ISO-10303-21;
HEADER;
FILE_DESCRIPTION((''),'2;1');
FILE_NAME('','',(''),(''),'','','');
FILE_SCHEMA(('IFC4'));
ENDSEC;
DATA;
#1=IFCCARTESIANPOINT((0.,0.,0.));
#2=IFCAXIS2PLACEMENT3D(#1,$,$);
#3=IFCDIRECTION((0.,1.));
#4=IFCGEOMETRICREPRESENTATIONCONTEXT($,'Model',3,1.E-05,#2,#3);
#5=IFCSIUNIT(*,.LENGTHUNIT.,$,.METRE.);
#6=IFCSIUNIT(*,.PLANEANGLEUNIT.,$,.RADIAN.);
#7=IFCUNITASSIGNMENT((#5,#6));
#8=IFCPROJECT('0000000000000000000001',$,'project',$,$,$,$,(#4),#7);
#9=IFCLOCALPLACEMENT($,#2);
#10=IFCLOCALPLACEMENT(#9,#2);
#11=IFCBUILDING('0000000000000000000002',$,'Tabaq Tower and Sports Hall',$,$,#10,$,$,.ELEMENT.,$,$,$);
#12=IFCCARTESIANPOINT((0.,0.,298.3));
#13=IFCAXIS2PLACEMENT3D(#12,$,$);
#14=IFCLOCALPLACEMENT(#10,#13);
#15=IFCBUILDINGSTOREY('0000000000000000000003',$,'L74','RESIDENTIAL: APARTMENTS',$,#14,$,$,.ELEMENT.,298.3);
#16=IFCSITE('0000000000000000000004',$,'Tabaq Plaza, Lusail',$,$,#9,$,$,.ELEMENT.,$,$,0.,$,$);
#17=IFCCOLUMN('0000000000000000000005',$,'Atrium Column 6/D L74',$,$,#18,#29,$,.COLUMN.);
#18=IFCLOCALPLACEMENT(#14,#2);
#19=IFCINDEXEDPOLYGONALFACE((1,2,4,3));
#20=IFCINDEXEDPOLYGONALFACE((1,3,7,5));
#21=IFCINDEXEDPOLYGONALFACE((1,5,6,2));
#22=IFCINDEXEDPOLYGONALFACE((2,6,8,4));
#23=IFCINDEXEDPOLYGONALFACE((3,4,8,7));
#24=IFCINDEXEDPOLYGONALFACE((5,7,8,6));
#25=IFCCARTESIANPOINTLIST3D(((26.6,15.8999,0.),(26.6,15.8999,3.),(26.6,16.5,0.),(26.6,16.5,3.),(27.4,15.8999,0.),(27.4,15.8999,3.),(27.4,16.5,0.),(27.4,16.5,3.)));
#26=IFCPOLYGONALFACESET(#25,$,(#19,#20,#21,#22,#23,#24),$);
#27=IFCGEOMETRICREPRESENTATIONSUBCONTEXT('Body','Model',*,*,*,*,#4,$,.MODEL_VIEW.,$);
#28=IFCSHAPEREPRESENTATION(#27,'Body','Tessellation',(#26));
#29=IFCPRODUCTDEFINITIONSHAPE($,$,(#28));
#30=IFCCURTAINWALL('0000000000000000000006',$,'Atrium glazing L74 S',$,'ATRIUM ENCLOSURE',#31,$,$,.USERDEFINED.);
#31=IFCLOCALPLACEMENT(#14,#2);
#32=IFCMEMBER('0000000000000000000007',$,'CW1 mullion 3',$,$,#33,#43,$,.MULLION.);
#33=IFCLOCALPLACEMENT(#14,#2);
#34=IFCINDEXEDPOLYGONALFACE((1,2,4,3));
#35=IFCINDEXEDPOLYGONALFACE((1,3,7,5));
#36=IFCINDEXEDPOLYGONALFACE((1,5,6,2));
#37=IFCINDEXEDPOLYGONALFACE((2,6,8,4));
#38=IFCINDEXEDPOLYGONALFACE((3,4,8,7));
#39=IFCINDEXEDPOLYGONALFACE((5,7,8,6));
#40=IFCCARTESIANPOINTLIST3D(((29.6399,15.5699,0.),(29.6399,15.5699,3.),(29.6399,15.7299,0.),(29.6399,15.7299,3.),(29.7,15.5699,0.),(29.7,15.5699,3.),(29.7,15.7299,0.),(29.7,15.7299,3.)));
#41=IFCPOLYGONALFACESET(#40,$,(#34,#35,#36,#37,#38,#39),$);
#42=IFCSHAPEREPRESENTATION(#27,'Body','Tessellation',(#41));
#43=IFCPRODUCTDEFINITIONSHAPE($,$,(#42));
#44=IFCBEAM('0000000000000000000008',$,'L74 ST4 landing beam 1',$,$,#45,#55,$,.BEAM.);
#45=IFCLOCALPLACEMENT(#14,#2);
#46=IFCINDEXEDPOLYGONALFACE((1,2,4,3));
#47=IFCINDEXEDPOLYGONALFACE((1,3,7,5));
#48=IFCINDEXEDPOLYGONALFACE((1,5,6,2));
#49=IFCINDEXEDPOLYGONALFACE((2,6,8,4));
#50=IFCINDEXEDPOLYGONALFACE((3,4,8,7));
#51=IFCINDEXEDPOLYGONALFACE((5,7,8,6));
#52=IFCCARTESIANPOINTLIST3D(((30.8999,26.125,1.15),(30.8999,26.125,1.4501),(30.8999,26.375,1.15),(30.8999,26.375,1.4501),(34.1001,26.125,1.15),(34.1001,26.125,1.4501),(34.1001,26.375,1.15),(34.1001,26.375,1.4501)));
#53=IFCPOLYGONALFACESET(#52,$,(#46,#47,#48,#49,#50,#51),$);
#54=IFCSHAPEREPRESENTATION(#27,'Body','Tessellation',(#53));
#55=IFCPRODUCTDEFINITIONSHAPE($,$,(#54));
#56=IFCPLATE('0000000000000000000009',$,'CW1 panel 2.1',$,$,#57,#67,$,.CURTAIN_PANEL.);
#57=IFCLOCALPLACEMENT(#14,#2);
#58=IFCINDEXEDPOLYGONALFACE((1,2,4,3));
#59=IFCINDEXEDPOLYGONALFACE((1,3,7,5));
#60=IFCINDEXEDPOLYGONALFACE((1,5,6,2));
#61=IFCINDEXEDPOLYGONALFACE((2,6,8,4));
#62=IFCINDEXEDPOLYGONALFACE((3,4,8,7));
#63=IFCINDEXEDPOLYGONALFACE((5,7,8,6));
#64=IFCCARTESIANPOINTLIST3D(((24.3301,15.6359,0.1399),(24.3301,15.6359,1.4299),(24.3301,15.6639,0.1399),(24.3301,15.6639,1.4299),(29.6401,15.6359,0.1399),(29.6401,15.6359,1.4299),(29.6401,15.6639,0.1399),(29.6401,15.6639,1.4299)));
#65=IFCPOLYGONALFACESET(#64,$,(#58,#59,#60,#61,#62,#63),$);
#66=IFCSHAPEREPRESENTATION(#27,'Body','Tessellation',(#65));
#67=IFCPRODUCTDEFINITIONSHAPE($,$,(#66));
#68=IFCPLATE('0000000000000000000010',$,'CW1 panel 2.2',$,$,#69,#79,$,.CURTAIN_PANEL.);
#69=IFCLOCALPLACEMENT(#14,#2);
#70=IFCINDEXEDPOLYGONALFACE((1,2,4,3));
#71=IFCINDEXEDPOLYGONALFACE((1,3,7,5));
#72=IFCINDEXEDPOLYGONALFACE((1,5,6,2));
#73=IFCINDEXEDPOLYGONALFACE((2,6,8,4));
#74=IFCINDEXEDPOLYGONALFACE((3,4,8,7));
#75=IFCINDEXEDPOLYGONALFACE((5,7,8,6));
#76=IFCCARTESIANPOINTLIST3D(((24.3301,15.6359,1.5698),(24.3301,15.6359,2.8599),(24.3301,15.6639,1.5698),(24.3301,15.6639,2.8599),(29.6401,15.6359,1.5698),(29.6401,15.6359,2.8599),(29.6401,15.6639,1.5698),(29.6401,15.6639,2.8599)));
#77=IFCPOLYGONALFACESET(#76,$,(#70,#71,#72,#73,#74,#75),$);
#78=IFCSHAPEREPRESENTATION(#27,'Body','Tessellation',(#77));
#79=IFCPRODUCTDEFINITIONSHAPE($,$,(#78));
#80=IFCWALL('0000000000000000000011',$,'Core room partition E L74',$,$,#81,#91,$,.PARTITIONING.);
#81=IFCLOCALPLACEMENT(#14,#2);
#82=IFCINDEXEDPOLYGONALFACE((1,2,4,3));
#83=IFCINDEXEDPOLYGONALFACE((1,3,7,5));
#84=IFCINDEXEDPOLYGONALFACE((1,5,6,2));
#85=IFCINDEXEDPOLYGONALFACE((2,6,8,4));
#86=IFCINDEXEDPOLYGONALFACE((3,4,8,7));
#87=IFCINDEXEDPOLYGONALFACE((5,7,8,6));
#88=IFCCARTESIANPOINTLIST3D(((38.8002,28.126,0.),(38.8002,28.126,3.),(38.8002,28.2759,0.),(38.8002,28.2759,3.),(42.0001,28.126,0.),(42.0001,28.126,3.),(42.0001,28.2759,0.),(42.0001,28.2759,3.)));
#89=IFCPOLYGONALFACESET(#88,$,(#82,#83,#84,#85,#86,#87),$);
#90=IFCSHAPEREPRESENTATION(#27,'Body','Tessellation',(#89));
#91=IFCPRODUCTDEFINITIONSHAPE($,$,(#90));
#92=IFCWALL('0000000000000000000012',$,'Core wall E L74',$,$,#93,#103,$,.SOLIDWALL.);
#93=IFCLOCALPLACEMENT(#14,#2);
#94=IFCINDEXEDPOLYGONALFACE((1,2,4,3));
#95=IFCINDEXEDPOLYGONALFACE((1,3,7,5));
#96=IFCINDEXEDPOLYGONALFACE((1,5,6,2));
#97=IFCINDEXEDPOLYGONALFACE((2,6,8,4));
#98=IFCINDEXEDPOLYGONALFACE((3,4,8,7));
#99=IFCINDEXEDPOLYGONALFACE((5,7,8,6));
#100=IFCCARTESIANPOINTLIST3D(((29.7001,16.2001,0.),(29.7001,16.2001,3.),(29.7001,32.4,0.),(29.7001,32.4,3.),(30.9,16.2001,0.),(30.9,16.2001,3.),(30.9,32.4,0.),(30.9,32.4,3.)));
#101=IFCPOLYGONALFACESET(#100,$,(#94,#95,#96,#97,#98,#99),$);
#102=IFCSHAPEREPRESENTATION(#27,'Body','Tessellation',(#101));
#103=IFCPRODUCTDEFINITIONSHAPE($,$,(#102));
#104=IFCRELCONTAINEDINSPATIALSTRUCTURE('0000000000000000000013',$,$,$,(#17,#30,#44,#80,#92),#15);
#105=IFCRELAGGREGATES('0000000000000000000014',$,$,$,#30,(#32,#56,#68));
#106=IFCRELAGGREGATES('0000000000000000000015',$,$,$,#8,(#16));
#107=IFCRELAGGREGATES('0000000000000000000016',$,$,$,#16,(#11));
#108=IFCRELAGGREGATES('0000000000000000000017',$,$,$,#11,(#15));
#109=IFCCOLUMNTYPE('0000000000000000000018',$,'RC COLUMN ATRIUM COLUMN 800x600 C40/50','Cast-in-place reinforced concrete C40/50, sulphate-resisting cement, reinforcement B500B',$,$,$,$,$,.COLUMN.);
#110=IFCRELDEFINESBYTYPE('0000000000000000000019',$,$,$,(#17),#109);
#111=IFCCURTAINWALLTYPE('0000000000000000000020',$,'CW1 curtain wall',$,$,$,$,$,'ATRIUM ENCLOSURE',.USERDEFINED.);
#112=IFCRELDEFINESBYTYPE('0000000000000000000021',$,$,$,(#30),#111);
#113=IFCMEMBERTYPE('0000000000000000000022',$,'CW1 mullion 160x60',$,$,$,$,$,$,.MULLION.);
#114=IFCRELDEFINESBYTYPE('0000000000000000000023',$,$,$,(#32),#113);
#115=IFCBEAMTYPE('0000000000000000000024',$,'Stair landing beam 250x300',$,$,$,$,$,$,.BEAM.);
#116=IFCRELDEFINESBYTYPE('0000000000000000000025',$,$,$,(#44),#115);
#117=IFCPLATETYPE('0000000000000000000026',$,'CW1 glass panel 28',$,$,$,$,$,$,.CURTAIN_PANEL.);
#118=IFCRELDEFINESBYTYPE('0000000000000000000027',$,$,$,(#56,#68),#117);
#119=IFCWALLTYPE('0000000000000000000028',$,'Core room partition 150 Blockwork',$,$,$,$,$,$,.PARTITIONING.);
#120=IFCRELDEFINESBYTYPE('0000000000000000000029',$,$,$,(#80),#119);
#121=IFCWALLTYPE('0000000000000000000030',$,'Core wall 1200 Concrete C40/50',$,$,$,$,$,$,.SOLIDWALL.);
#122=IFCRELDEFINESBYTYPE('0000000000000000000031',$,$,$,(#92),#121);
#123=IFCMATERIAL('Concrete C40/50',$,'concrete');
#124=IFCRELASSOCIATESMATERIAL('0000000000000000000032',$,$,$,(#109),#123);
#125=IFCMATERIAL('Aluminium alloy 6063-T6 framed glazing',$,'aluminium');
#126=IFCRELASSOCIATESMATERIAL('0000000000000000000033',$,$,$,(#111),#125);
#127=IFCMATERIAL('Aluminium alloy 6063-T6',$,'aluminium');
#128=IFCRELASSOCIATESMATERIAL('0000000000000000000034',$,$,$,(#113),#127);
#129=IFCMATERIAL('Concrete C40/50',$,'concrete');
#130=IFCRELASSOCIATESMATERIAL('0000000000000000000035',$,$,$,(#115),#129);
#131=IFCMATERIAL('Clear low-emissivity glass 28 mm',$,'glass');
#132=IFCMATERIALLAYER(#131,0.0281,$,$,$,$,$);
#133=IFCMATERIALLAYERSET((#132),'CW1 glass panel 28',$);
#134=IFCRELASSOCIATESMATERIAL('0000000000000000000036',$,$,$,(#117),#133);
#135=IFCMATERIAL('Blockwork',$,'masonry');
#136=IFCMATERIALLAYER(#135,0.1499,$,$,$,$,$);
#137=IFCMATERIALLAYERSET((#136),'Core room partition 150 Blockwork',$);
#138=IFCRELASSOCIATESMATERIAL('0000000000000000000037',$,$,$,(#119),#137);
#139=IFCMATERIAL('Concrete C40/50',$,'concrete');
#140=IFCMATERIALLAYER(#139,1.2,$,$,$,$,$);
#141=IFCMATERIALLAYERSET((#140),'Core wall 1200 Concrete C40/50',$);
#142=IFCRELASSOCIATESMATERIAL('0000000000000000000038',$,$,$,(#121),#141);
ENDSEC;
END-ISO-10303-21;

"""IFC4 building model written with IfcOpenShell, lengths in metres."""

from ifc_helpers import new_model, si_unit, direction, frame, frame_2d, origin, origin_2d, place, context, subcontext, project, spatial, rectangle, extrude, material, layer, layer_set, material_profile, profile_set, type_object, element, aggregate, save


model = new_model("IFC4")

# Units and contexts
model_context = context("Model", 3, precision=1e-05, world=origin(), true_north=direction((0.0, 1.0)))
body_context = subcontext(model_context, "Body", "Model", "MODEL_VIEW")
ifc_project = project(units=[si_unit("LENGTHUNIT", "METRE"), si_unit("PLANEANGLEUNIT", "RADIAN")], contexts=[model_context])

# Site, building, storey
site_placement = place(None, origin())
site = spatial("IfcSite", under=ifc_project, at=site_placement, Name="Tabaq Plaza, Lusail", CompositionType="ELEMENT", RefElevation=0.0)
building_placement = place(site_placement, origin())
building = spatial("IfcBuilding", under=site, at=building_placement, Name="Tabaq Tower and Sports Hall", CompositionType="ELEMENT")
storey_placement = place(building_placement, frame((0.0, 0.0, 298.3)))
storey = spatial("IfcBuildingStorey", under=building, at=storey_placement, Name="L74", Description="RESIDENTIAL: APARTMENTS", CompositionType="ELEMENT", Elevation=298.3)

# Column
ifc_material_1 = material(Name="Concrete C40/50", Category="concrete")
ifc_material_profile_1 = material_profile(ifc_material_1, rectangle(XDim=0.8, YDim=0.6001, at=origin_2d()), Name="ATRIUM COLUMN 800x600")
ifc_profile_set_1 = profile_set([ifc_material_profile_1], Name="Concrete C40/50")
column_type = type_object("IfcColumnType", Name="RC COLUMN ATRIUM COLUMN 800x600 C40/50", Description="Cast-in-place reinforced concrete C40/50, sulphate-resisting cement, reinforcement B500B", PredefinedType="COLUMN", material=ifc_profile_set_1)
column_placement = place(storey_placement, frame((27.0, 16.2, 0.0), z_axis=(0.0, 0.0, 1.0), x_axis=(1.0, 0.0, 0.0)))
element("IfcColumn", 1, at=column_placement, inside=storey, type_object=column_type, Name="Atrium Column 6/D L74", PredefinedType="COLUMN", context=body_context, shape_type="SweptSolid", body=[
    extrude(rectangle(XDim=0.8, YDim=0.6001, at=origin_2d()), origin(), (0.0, 0.0, 1.0), 3.0),
])

# Curtain wall, member
ifc_material_2 = material(Name="Aluminium alloy 6063-T6 framed glazing", Category="aluminium")
curtain_wall_type = type_object("IfcCurtainWallType", Name="CW1 curtain wall", ElementType="ATRIUM ENCLOSURE", PredefinedType="USERDEFINED", material=ifc_material_2)
curtain_wall_placement = place(storey_placement, origin())
curtain_wall = element("IfcCurtainWall", 2, at=curtain_wall_placement, inside=storey, type_object=curtain_wall_type, Name="Atrium glazing L74 S", ObjectType="ATRIUM ENCLOSURE", PredefinedType="USERDEFINED")
ifc_material_3 = material(Name="Aluminium alloy 6063-T6", Category="aluminium")
ifc_material_profile_2 = material_profile(ifc_material_3, rectangle(XDim=0.1599, YDim=0.0601, at=origin_2d()), Name="MULLION 160x60")
ifc_profile_set_2 = profile_set([ifc_material_profile_2], Name="Aluminium alloy 6063-T6")
member_type = type_object("IfcMemberType", Name="CW1 mullion 160x60", PredefinedType="MULLION", material=ifc_profile_set_2)
member_placement = place(storey_placement, frame((29.6699, 15.6499, 0.0), z_axis=(0.0, 0.0, 1.0), x_axis=(0.0, 1.0, 0.0)))
member = element("IfcMember", 3, at=member_placement, type_object=member_type, Name="CW1 mullion 3", PredefinedType="MULLION", context=body_context, shape_type="SweptSolid", body=[
    extrude(rectangle(XDim=0.1599, YDim=0.0601, at=origin_2d()), origin(), (0.0, 0.0, 1.0), 3.0),
])

# Beam
ifc_material_4 = material(Name="Concrete C40/50", Category="concrete")
ifc_material_profile_3 = material_profile(ifc_material_4, rectangle(XDim=0.25, YDim=0.3, at=origin_2d()), Name="RC 250x300")
ifc_profile_set_3 = profile_set([ifc_material_profile_3], Name="Concrete C40/50")
beam_type = type_object("IfcBeamType", Name="Stair landing beam 250x300", PredefinedType="BEAM", material=ifc_profile_set_3)
beam_placement = place(storey_placement, frame((30.8999, 26.25, 1.3), z_axis=(1.0, 0.0, 0.0), x_axis=(0.0, 1.0, 0.0)))
element("IfcBeam", 4, at=beam_placement, inside=storey, type_object=beam_type, Name="L74 ST4 landing beam 1", PredefinedType="BEAM", context=body_context, shape_type="SweptSolid", body=[
    extrude(rectangle(XDim=0.25, YDim=0.3, at=origin_2d()), origin(), (0.0, 0.0, 1.0), 3.2002),
])

# Plates
ifc_material_5 = material(Name="Clear low-emissivity glass 28 mm", Category="glass")
ifc_layer_1 = layer(ifc_material_5, 0.0281)
ifc_layer_set_1 = layer_set([ifc_layer_1], Name="CW1 glass panel 28")
plate_type = type_object("IfcPlateType", Name="CW1 glass panel 28", PredefinedType="CURTAIN_PANEL", material=ifc_layer_set_1)
plate_1_placement = place(storey_placement, frame((26.9851, 15.6499, 0.1399), z_axis=(0.0, 0.0, 1.0), x_axis=(1.0, 0.0, 0.0)))
plate_1 = element("IfcPlate", 5, at=plate_1_placement, type_object=plate_type, Name="CW1 panel 2.1", PredefinedType="CURTAIN_PANEL", context=body_context, shape_type="SweptSolid", body=[
    extrude(rectangle(XDim=5.3101, YDim=0.0281, at=origin_2d()), origin(), (0.0, 0.0, 1.0), 1.29),
])
plate_2_placement = place(storey_placement, frame((26.9851, 15.6499, 1.5698), z_axis=(0.0, 0.0, 1.0), x_axis=(1.0, 0.0, 0.0)))
plate_2 = element("IfcPlate", 6, at=plate_2_placement, type_object=plate_type, Name="CW1 panel 2.2", PredefinedType="CURTAIN_PANEL", context=body_context, shape_type="SweptSolid", body=[
    extrude(rectangle(XDim=5.3101, YDim=0.0281, at=origin_2d()), origin(), (0.0, 0.0, 1.0), 1.29),
])
aggregate(curtain_wall, [member, plate_1, plate_2])

# Walls
ifc_material_6 = material(Name="Blockwork", Category="masonry")
ifc_layer_2 = layer(ifc_material_6, 0.1499)
ifc_layer_set_2 = layer_set([ifc_layer_2], Name="Core room partition 150 Blockwork")
wall_type_1 = type_object("IfcWallType", Name="Core room partition 150 Blockwork", PredefinedType="PARTITIONING", material=ifc_layer_set_2)
wall_1_placement = place(storey_placement, frame((38.8, 28.2009, 0.0), z_axis=(0.0, 0.0, 1.0), x_axis=(1.0, 0.0, 0.0)))
element("IfcWall", 7, at=wall_1_placement, inside=storey, type_object=wall_type_1, Name="Core room partition E L74", PredefinedType="PARTITIONING", context=body_context, shape_type="SweptSolid", body=[
    extrude(rectangle(XDim=3.2, YDim=0.1499, at=frame_2d((1.6001, 0.0))), origin(), (0.0, 0.0, 1.0), 3.0),
])
ifc_material_7 = material(Name="Concrete C40/50", Category="concrete")
ifc_layer_3 = layer(ifc_material_7, 1.2)
ifc_layer_set_3 = layer_set([ifc_layer_3], Name="Core wall 1200 Concrete C40/50")
wall_type_2 = type_object("IfcWallType", Name="Core wall 1200 Concrete C40/50", PredefinedType="SOLIDWALL", material=ifc_layer_set_3)
wall_2_placement = place(storey_placement, frame((30.3, 16.2, 0.0), z_axis=(0.0, 0.0, 1.0), x_axis=(0.0, 1.0, 0.0)))
element("IfcWall", 8, at=wall_2_placement, inside=storey, type_object=wall_type_2, Name="Core wall E L74", PredefinedType="SOLIDWALL", context=body_context, shape_type="SweptSolid", body=[
    extrude(rectangle(XDim=16.2, YDim=1.2, at=frame_2d((8.1001, 0.0))), origin(), (0.0, 0.0, 1.0), 3.0),
])

save(model, "model.ifc")
